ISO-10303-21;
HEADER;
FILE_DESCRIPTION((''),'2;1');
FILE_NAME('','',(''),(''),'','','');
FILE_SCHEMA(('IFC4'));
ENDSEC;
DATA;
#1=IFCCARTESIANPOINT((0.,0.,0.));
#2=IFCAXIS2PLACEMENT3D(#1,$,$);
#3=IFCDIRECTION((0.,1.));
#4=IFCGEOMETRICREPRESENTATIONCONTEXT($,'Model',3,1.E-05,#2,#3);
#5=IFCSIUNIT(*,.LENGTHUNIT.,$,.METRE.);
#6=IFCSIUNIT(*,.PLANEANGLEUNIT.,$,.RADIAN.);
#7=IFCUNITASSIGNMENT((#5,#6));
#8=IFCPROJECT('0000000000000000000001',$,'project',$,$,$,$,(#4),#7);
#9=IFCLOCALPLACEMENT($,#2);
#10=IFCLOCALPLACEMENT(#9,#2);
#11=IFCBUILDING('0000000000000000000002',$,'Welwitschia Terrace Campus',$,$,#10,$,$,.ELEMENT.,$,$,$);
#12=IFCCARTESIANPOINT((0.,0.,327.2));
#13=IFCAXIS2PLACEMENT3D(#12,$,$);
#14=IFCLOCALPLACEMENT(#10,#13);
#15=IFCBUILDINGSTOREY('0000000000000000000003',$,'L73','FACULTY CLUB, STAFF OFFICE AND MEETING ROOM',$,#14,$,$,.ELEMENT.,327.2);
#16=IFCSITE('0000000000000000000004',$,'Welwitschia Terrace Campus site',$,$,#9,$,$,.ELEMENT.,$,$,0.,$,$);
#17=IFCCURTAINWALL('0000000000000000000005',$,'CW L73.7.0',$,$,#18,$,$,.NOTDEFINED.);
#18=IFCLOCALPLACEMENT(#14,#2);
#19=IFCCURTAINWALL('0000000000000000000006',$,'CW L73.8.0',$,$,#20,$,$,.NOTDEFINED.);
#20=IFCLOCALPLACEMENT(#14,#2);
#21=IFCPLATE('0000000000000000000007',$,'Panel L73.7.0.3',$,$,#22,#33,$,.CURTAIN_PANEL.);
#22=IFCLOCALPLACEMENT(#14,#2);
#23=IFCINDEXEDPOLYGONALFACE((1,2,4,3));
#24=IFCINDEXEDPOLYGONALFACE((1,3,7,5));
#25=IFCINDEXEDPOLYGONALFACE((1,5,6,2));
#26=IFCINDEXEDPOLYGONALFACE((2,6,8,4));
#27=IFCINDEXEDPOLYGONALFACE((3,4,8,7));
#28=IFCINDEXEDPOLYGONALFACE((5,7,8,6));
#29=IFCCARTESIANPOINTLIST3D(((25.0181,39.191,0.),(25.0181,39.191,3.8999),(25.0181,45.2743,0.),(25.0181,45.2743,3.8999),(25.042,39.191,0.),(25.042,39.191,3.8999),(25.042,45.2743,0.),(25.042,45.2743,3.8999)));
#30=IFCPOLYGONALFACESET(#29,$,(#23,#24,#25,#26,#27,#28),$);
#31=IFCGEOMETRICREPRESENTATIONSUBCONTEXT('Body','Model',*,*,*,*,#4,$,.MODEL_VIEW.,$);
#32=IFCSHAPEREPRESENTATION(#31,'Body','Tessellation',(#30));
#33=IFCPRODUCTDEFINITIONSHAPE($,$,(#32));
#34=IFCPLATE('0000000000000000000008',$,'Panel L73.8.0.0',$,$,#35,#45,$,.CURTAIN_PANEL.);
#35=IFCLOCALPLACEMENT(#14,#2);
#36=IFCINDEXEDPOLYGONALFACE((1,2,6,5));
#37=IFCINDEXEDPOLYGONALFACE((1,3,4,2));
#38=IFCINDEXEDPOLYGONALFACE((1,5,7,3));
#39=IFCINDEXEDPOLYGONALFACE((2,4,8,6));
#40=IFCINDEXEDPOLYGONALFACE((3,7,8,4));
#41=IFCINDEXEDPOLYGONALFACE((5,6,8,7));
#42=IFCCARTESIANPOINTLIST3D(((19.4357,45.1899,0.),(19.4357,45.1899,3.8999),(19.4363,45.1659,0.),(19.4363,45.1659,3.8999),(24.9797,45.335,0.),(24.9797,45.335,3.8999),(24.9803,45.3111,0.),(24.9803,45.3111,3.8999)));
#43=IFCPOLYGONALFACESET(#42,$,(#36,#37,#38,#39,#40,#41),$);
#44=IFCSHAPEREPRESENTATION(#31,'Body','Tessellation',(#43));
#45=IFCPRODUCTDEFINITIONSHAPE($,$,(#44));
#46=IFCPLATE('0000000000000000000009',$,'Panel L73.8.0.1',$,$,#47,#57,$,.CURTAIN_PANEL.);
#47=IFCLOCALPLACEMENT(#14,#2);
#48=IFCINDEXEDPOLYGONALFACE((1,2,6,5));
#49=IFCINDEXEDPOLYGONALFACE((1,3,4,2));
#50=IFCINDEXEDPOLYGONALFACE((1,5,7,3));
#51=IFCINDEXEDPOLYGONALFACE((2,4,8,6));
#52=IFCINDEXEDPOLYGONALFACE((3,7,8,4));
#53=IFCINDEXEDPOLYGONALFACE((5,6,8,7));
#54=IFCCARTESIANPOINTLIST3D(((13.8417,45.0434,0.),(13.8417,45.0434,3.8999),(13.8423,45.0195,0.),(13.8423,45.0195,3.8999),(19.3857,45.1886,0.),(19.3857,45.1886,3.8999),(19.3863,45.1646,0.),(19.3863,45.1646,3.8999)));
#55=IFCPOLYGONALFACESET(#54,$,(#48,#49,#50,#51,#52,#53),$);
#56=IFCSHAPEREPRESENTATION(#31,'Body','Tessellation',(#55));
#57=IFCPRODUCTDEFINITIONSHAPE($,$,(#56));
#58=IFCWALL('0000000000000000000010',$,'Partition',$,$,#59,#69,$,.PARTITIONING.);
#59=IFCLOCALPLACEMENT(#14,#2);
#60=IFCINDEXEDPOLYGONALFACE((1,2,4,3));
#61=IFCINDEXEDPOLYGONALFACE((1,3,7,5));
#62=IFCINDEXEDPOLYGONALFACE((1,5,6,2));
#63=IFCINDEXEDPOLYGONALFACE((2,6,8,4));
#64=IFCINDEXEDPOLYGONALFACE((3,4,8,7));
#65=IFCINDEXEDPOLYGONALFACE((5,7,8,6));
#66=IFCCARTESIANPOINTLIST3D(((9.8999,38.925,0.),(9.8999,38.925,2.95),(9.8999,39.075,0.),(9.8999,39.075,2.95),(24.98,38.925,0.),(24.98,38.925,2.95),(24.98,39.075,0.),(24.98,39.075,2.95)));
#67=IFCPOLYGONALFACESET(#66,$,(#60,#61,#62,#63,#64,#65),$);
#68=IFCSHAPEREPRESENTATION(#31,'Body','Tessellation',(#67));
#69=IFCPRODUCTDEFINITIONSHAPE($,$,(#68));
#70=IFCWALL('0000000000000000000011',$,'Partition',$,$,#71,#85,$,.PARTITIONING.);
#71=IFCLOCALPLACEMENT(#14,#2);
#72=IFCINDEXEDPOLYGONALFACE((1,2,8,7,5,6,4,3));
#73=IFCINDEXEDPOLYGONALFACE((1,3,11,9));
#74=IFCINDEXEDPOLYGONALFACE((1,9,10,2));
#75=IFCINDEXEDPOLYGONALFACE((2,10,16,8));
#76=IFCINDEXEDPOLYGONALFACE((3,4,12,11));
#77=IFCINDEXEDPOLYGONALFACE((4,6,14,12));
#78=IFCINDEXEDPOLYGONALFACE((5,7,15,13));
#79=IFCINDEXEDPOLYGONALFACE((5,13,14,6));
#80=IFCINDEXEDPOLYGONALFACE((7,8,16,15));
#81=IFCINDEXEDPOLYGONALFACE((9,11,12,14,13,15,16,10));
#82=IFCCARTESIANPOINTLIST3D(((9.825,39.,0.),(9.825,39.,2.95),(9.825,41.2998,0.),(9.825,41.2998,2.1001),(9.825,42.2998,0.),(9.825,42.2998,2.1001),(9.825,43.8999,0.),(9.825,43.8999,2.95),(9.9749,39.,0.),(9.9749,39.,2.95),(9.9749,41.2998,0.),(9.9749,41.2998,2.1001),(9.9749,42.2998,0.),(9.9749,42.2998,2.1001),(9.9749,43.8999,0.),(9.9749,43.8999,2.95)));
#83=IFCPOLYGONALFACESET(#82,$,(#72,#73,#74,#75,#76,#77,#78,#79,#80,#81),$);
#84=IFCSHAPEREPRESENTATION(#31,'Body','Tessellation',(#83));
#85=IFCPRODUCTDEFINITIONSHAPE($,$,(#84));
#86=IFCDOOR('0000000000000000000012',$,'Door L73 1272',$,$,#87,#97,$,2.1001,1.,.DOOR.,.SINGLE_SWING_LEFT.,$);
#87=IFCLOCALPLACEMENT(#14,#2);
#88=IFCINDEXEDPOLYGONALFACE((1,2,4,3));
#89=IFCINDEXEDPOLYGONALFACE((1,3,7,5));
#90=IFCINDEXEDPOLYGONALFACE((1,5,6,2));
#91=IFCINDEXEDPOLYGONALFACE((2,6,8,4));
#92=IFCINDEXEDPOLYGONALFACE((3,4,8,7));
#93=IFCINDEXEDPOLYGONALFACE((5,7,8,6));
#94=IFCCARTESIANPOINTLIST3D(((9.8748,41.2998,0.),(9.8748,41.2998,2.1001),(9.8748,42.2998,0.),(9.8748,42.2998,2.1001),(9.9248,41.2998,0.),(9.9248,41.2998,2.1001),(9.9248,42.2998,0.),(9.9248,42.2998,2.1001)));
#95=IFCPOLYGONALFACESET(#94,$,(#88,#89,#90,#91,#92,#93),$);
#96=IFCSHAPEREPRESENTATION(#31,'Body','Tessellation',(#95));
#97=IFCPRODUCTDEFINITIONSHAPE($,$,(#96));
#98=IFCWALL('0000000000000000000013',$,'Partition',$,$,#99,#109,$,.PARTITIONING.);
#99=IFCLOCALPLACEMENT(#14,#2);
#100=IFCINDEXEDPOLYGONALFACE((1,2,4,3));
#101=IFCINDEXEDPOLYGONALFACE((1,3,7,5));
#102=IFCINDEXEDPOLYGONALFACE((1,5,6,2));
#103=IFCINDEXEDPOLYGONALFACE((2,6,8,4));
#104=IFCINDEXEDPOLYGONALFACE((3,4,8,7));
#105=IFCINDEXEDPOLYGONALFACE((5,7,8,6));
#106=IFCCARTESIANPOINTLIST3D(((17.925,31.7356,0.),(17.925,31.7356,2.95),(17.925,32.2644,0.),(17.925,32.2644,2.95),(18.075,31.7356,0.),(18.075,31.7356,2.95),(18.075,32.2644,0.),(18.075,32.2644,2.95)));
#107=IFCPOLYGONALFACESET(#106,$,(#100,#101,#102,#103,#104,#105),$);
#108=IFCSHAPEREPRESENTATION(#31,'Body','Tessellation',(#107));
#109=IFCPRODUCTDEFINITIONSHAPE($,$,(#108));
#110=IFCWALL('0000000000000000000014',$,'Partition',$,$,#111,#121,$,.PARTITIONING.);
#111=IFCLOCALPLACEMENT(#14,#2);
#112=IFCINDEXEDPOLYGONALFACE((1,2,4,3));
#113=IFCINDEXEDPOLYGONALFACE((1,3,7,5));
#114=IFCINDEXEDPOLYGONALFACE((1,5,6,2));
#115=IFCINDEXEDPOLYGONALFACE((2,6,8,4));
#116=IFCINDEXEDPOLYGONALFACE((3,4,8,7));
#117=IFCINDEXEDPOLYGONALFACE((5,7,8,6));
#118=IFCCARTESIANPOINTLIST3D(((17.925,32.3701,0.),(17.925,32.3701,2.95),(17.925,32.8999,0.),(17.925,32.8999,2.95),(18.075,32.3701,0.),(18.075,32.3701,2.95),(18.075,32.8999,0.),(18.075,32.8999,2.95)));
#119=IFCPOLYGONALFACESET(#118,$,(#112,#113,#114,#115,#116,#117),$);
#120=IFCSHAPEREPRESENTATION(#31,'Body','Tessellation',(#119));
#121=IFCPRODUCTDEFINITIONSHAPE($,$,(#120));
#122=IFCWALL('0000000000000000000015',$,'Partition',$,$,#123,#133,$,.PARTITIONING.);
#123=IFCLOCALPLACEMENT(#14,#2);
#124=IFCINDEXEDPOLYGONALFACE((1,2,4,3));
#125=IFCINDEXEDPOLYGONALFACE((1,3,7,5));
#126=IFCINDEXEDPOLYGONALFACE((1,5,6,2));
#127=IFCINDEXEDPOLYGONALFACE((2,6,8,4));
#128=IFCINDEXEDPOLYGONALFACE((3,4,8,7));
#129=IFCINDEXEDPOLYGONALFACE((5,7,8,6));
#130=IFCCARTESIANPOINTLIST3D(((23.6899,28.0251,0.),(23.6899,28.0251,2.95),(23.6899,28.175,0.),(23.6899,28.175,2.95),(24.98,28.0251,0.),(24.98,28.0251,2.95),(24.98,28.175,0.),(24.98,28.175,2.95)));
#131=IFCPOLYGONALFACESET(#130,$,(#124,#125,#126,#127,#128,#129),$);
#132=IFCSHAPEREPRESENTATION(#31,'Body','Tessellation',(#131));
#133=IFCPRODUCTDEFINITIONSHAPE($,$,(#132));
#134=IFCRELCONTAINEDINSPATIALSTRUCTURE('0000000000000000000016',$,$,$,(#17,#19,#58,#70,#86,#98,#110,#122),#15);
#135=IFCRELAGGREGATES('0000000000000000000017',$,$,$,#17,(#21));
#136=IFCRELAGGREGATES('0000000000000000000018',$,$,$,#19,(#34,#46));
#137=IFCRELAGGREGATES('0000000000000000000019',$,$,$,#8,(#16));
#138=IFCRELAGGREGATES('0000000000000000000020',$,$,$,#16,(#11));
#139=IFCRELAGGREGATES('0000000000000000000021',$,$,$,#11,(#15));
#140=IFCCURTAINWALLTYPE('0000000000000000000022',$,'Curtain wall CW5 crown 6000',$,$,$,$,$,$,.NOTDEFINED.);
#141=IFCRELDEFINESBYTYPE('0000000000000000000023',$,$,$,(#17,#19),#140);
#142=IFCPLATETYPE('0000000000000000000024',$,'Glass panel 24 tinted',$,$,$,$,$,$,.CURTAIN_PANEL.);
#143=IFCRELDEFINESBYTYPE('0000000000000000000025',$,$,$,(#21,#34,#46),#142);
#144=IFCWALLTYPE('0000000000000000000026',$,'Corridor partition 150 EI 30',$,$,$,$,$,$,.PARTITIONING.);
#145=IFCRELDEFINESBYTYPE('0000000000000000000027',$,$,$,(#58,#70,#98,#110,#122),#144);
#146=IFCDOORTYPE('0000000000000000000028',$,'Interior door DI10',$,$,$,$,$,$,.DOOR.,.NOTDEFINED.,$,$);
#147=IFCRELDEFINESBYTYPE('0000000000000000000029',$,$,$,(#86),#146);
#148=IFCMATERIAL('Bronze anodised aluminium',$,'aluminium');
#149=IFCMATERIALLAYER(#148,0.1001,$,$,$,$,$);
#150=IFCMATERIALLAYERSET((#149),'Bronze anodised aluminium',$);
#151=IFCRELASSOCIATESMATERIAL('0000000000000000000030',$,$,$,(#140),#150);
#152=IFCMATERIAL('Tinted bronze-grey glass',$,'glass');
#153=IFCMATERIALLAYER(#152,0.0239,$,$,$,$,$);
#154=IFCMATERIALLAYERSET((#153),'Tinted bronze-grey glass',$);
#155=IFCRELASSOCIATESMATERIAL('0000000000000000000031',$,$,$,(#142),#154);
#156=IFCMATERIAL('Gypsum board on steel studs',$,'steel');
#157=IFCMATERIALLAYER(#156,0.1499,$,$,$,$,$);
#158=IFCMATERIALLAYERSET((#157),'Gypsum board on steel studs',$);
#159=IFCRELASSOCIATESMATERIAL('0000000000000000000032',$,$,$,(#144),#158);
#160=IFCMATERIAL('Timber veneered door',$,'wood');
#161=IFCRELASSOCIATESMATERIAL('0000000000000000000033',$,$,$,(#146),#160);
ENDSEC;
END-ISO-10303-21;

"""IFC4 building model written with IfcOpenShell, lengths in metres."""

from ifc_helpers import new_model, si_unit, direction, frame, frame_2d, origin, origin_2d, place, context, subcontext, project, spatial, rectangle, extrude, material, layer, layer_set, type_object, element, fill, aggregate, save


model = new_model("IFC4")

# Units and contexts
model_context = context("Model", 3, precision=1e-05, world=origin(), true_north=direction((0.0, 1.0)))
body_context = subcontext(model_context, "Body", "Model", "MODEL_VIEW")
ifc_project = project(units=[si_unit("LENGTHUNIT", "METRE"), si_unit("PLANEANGLEUNIT", "RADIAN")], contexts=[model_context])

# Site, building, storey
site_placement = place(None, origin())
site = spatial("IfcSite", under=ifc_project, at=site_placement, Name="Welwitschia Terrace Campus site", CompositionType="ELEMENT", RefElevation=0.0)
building_placement = place(site_placement, origin())
building = spatial("IfcBuilding", under=site, at=building_placement, Name="Welwitschia Terrace Campus", CompositionType="ELEMENT")
storey_placement = place(building_placement, frame((0.0, 0.0, 327.2)))
storey = spatial("IfcBuildingStorey", under=building, at=storey_placement, Name="L73", Description="FACULTY CLUB, STAFF OFFICE AND MEETING ROOM", CompositionType="ELEMENT", Elevation=327.2)

# Curtain walls
ifc_material_1 = material(Name="Bronze anodised aluminium", Category="aluminium")
ifc_layer_1 = layer(ifc_material_1, 0.1001)
ifc_layer_set_1 = layer_set([ifc_layer_1], Name="Bronze anodised aluminium")
curtain_wall_type = type_object("IfcCurtainWallType", Name="Curtain wall CW5 crown 6000", PredefinedType="NOTDEFINED", material=ifc_layer_set_1)
curtain_wall_1_placement = place(storey_placement, origin())
curtain_wall_1 = element("IfcCurtainWall", 1, at=curtain_wall_1_placement, inside=storey, type_object=curtain_wall_type, Name="CW L73.7.0", PredefinedType="NOTDEFINED")
curtain_wall_2_placement = place(storey_placement, origin())
curtain_wall_2 = element("IfcCurtainWall", 2, at=curtain_wall_2_placement, inside=storey, type_object=curtain_wall_type, Name="CW L73.8.0", PredefinedType="NOTDEFINED")

# Plates
ifc_material_2 = material(Name="Tinted bronze-grey glass", Category="glass")
ifc_layer_2 = layer(ifc_material_2, 0.0239)
ifc_layer_set_2 = layer_set([ifc_layer_2], Name="Tinted bronze-grey glass")
plate_type = type_object("IfcPlateType", Name="Glass panel 24 tinted", PredefinedType="CURTAIN_PANEL", material=ifc_layer_set_2)
plate_1_placement = place(storey_placement, frame((25.03, 42.2327, 0.0), z_axis=(0.0, 0.0, 1.0), x_axis=(0.0, 1.0, 0.0)))
plate_1 = element("IfcPlate", 3, at=plate_1_placement, type_object=plate_type, Name="Panel L73.7.0.3", PredefinedType="CURTAIN_PANEL", context=body_context, shape_type="SweptSolid", body=[
    extrude(rectangle(XDim=6.0833, YDim=0.0239, at=origin_2d()), origin(), (0.0, 0.0, 1.0), 3.8999),
])
aggregate(curtain_wall_1, [plate_1])
plate_2_placement = place(storey_placement, frame((22.208, 45.2505, 0.0), z_axis=(0.0, 0.0, 1.0), x_axis=(-0.999657, -0.026177, 0.0)))
plate_2 = element("IfcPlate", 4, at=plate_2_placement, type_object=plate_type, Name="Panel L73.8.0.0", PredefinedType="CURTAIN_PANEL", context=body_context, shape_type="SweptSolid", body=[
    extrude(rectangle(XDim=5.5459, YDim=0.0239, at=origin_2d()), origin(), (0.0, 0.0, 1.0), 3.8999),
])
plate_3_placement = place(storey_placement, frame((16.614, 45.104, 0.0), z_axis=(0.0, 0.0, 1.0), x_axis=(-0.999657, -0.026177, 0.0)))
plate_3 = element("IfcPlate", 5, at=plate_3_placement, type_object=plate_type, Name="Panel L73.8.0.1", PredefinedType="CURTAIN_PANEL", context=body_context, shape_type="SweptSolid", body=[
    extrude(rectangle(XDim=5.5459, YDim=0.0239, at=origin_2d()), origin(), (0.0, 0.0, 1.0), 3.8999),
])
aggregate(curtain_wall_2, [plate_2, plate_3])

# Wall
ifc_material_3 = material(Name="Gypsum board on steel studs", Category="steel")
ifc_layer_3 = layer(ifc_material_3, 0.1499)
ifc_layer_set_3 = layer_set([ifc_layer_3], Name="Gypsum board on steel studs")
wall_type_1 = type_object("IfcWallType", Name="Corridor partition 150 EI 30", PredefinedType="PARTITIONING", material=ifc_layer_set_3)
wall_1_placement = place(storey_placement, frame((9.8999, 39.0, 0.0), z_axis=(0.0, 0.0, 1.0), x_axis=(1.0, 0.0, 0.0)))
element("IfcWall", 6, at=wall_1_placement, inside=storey, type_object=wall_type_1, Name="Partition", PredefinedType="PARTITIONING", context=body_context, shape_type="SweptSolid", body=[
    extrude(rectangle(XDim=15.0801, YDim=0.1499, at=frame_2d((7.54, 0.0))), origin(), (0.0, 0.0, 1.0), 2.95),
])

# Wall, opening, door
wall_2_placement = place(storey_placement, frame((9.8999, 43.8999, 0.0), z_axis=(0.0, 0.0, 1.0), x_axis=(0.0, -1.0, 0.0)))
wall_2 = element("IfcWall", 7, at=wall_2_placement, inside=storey, type_object=wall_type_1, Name="Partition", PredefinedType="PARTITIONING", context=body_context, shape_type="SweptSolid", body=[
    extrude(rectangle(XDim=4.8999, YDim=0.1499, at=frame_2d((2.45, 0.0))), origin(), (0.0, 0.0, 1.0), 2.95),
])
opening_1_placement = place(wall_2_placement, frame((1.6001, 0.0, 0.0)))
opening_1 = element("IfcOpeningElement", 8, at=opening_1_placement, cuts=wall_2, PredefinedType="OPENING", context=body_context, shape_type="SweptSolid", body=[
    extrude(rectangle(XDim=1.0, YDim=2.1001, at=frame_2d((0.5, 1.05))), frame((0.0, 0.085, 0.0), z_axis=(0.0, -1.0, 0.0), x_axis=(1.0, 0.0, 0.0)), (0.0, 0.0, 1.0), 0.1699),
])
ifc_material_4 = material(Name="Timber veneered door", Category="wood")
door_type_1 = type_object("IfcDoorType", Name="Interior door DI10", OperationType="NOTDEFINED", PredefinedType="DOOR", material=ifc_material_4)
door_1_placement = place(opening_1_placement, origin())
door_1 = element("IfcDoor", 9, at=door_1_placement, inside=storey, type_object=door_type_1, Name="Door L73 1272", OperationType="SINGLE_SWING_LEFT", OverallHeight=2.1001, OverallWidth=1.0, PredefinedType="DOOR", context=body_context, shape_type="SweptSolid", body=[
    extrude(rectangle(XDim=1.0, YDim=2.1001, at=frame_2d((0.5, 1.05))), frame((0.0, 0.0249, 0.0), z_axis=(0.0, -1.0, 0.0), x_axis=(1.0, 0.0, 0.0)), (0.0, 0.0, 1.0), 0.05),
])
fill(opening_1, door_1)

# Walls
wall_3_placement = place(storey_placement, frame((18.0, 31.7356, 0.0), z_axis=(0.0, 0.0, 1.0), x_axis=(0.0, 1.0, 0.0)))
element("IfcWall", 10, at=wall_3_placement, inside=storey, type_object=wall_type_1, Name="Partition", PredefinedType="PARTITIONING", context=body_context, shape_type="SweptSolid", body=[
    extrude(rectangle(XDim=0.5288, YDim=0.1499, at=frame_2d((0.2644, 0.0))), origin(), (0.0, 0.0, 1.0), 2.95),
])
wall_4_placement = place(storey_placement, frame((18.0, 32.3701, 0.0), z_axis=(0.0, 0.0, 1.0), x_axis=(0.0, 1.0, 0.0)))
element("IfcWall", 11, at=wall_4_placement, inside=storey, type_object=wall_type_1, Name="Partition", PredefinedType="PARTITIONING", context=body_context, shape_type="SweptSolid", body=[
    extrude(rectangle(XDim=0.5298, YDim=0.1499, at=frame_2d((0.2649, 0.0))), origin(), (0.0, 0.0, 1.0), 2.95),
])
wall_5_placement = place(storey_placement, frame((23.6899, 28.1001, 0.0), z_axis=(0.0, 0.0, 1.0), x_axis=(1.0, 0.0, 0.0)))
element("IfcWall", 12, at=wall_5_placement, inside=storey, type_object=wall_type_1, Name="Partition", PredefinedType="PARTITIONING", context=body_context, shape_type="SweptSolid", body=[
    extrude(rectangle(XDim=1.29, YDim=0.1499, at=frame_2d((0.645, 0.0))), origin(), (0.0, 0.0, 1.0), 2.95),
])

save(model, "model.ifc")
